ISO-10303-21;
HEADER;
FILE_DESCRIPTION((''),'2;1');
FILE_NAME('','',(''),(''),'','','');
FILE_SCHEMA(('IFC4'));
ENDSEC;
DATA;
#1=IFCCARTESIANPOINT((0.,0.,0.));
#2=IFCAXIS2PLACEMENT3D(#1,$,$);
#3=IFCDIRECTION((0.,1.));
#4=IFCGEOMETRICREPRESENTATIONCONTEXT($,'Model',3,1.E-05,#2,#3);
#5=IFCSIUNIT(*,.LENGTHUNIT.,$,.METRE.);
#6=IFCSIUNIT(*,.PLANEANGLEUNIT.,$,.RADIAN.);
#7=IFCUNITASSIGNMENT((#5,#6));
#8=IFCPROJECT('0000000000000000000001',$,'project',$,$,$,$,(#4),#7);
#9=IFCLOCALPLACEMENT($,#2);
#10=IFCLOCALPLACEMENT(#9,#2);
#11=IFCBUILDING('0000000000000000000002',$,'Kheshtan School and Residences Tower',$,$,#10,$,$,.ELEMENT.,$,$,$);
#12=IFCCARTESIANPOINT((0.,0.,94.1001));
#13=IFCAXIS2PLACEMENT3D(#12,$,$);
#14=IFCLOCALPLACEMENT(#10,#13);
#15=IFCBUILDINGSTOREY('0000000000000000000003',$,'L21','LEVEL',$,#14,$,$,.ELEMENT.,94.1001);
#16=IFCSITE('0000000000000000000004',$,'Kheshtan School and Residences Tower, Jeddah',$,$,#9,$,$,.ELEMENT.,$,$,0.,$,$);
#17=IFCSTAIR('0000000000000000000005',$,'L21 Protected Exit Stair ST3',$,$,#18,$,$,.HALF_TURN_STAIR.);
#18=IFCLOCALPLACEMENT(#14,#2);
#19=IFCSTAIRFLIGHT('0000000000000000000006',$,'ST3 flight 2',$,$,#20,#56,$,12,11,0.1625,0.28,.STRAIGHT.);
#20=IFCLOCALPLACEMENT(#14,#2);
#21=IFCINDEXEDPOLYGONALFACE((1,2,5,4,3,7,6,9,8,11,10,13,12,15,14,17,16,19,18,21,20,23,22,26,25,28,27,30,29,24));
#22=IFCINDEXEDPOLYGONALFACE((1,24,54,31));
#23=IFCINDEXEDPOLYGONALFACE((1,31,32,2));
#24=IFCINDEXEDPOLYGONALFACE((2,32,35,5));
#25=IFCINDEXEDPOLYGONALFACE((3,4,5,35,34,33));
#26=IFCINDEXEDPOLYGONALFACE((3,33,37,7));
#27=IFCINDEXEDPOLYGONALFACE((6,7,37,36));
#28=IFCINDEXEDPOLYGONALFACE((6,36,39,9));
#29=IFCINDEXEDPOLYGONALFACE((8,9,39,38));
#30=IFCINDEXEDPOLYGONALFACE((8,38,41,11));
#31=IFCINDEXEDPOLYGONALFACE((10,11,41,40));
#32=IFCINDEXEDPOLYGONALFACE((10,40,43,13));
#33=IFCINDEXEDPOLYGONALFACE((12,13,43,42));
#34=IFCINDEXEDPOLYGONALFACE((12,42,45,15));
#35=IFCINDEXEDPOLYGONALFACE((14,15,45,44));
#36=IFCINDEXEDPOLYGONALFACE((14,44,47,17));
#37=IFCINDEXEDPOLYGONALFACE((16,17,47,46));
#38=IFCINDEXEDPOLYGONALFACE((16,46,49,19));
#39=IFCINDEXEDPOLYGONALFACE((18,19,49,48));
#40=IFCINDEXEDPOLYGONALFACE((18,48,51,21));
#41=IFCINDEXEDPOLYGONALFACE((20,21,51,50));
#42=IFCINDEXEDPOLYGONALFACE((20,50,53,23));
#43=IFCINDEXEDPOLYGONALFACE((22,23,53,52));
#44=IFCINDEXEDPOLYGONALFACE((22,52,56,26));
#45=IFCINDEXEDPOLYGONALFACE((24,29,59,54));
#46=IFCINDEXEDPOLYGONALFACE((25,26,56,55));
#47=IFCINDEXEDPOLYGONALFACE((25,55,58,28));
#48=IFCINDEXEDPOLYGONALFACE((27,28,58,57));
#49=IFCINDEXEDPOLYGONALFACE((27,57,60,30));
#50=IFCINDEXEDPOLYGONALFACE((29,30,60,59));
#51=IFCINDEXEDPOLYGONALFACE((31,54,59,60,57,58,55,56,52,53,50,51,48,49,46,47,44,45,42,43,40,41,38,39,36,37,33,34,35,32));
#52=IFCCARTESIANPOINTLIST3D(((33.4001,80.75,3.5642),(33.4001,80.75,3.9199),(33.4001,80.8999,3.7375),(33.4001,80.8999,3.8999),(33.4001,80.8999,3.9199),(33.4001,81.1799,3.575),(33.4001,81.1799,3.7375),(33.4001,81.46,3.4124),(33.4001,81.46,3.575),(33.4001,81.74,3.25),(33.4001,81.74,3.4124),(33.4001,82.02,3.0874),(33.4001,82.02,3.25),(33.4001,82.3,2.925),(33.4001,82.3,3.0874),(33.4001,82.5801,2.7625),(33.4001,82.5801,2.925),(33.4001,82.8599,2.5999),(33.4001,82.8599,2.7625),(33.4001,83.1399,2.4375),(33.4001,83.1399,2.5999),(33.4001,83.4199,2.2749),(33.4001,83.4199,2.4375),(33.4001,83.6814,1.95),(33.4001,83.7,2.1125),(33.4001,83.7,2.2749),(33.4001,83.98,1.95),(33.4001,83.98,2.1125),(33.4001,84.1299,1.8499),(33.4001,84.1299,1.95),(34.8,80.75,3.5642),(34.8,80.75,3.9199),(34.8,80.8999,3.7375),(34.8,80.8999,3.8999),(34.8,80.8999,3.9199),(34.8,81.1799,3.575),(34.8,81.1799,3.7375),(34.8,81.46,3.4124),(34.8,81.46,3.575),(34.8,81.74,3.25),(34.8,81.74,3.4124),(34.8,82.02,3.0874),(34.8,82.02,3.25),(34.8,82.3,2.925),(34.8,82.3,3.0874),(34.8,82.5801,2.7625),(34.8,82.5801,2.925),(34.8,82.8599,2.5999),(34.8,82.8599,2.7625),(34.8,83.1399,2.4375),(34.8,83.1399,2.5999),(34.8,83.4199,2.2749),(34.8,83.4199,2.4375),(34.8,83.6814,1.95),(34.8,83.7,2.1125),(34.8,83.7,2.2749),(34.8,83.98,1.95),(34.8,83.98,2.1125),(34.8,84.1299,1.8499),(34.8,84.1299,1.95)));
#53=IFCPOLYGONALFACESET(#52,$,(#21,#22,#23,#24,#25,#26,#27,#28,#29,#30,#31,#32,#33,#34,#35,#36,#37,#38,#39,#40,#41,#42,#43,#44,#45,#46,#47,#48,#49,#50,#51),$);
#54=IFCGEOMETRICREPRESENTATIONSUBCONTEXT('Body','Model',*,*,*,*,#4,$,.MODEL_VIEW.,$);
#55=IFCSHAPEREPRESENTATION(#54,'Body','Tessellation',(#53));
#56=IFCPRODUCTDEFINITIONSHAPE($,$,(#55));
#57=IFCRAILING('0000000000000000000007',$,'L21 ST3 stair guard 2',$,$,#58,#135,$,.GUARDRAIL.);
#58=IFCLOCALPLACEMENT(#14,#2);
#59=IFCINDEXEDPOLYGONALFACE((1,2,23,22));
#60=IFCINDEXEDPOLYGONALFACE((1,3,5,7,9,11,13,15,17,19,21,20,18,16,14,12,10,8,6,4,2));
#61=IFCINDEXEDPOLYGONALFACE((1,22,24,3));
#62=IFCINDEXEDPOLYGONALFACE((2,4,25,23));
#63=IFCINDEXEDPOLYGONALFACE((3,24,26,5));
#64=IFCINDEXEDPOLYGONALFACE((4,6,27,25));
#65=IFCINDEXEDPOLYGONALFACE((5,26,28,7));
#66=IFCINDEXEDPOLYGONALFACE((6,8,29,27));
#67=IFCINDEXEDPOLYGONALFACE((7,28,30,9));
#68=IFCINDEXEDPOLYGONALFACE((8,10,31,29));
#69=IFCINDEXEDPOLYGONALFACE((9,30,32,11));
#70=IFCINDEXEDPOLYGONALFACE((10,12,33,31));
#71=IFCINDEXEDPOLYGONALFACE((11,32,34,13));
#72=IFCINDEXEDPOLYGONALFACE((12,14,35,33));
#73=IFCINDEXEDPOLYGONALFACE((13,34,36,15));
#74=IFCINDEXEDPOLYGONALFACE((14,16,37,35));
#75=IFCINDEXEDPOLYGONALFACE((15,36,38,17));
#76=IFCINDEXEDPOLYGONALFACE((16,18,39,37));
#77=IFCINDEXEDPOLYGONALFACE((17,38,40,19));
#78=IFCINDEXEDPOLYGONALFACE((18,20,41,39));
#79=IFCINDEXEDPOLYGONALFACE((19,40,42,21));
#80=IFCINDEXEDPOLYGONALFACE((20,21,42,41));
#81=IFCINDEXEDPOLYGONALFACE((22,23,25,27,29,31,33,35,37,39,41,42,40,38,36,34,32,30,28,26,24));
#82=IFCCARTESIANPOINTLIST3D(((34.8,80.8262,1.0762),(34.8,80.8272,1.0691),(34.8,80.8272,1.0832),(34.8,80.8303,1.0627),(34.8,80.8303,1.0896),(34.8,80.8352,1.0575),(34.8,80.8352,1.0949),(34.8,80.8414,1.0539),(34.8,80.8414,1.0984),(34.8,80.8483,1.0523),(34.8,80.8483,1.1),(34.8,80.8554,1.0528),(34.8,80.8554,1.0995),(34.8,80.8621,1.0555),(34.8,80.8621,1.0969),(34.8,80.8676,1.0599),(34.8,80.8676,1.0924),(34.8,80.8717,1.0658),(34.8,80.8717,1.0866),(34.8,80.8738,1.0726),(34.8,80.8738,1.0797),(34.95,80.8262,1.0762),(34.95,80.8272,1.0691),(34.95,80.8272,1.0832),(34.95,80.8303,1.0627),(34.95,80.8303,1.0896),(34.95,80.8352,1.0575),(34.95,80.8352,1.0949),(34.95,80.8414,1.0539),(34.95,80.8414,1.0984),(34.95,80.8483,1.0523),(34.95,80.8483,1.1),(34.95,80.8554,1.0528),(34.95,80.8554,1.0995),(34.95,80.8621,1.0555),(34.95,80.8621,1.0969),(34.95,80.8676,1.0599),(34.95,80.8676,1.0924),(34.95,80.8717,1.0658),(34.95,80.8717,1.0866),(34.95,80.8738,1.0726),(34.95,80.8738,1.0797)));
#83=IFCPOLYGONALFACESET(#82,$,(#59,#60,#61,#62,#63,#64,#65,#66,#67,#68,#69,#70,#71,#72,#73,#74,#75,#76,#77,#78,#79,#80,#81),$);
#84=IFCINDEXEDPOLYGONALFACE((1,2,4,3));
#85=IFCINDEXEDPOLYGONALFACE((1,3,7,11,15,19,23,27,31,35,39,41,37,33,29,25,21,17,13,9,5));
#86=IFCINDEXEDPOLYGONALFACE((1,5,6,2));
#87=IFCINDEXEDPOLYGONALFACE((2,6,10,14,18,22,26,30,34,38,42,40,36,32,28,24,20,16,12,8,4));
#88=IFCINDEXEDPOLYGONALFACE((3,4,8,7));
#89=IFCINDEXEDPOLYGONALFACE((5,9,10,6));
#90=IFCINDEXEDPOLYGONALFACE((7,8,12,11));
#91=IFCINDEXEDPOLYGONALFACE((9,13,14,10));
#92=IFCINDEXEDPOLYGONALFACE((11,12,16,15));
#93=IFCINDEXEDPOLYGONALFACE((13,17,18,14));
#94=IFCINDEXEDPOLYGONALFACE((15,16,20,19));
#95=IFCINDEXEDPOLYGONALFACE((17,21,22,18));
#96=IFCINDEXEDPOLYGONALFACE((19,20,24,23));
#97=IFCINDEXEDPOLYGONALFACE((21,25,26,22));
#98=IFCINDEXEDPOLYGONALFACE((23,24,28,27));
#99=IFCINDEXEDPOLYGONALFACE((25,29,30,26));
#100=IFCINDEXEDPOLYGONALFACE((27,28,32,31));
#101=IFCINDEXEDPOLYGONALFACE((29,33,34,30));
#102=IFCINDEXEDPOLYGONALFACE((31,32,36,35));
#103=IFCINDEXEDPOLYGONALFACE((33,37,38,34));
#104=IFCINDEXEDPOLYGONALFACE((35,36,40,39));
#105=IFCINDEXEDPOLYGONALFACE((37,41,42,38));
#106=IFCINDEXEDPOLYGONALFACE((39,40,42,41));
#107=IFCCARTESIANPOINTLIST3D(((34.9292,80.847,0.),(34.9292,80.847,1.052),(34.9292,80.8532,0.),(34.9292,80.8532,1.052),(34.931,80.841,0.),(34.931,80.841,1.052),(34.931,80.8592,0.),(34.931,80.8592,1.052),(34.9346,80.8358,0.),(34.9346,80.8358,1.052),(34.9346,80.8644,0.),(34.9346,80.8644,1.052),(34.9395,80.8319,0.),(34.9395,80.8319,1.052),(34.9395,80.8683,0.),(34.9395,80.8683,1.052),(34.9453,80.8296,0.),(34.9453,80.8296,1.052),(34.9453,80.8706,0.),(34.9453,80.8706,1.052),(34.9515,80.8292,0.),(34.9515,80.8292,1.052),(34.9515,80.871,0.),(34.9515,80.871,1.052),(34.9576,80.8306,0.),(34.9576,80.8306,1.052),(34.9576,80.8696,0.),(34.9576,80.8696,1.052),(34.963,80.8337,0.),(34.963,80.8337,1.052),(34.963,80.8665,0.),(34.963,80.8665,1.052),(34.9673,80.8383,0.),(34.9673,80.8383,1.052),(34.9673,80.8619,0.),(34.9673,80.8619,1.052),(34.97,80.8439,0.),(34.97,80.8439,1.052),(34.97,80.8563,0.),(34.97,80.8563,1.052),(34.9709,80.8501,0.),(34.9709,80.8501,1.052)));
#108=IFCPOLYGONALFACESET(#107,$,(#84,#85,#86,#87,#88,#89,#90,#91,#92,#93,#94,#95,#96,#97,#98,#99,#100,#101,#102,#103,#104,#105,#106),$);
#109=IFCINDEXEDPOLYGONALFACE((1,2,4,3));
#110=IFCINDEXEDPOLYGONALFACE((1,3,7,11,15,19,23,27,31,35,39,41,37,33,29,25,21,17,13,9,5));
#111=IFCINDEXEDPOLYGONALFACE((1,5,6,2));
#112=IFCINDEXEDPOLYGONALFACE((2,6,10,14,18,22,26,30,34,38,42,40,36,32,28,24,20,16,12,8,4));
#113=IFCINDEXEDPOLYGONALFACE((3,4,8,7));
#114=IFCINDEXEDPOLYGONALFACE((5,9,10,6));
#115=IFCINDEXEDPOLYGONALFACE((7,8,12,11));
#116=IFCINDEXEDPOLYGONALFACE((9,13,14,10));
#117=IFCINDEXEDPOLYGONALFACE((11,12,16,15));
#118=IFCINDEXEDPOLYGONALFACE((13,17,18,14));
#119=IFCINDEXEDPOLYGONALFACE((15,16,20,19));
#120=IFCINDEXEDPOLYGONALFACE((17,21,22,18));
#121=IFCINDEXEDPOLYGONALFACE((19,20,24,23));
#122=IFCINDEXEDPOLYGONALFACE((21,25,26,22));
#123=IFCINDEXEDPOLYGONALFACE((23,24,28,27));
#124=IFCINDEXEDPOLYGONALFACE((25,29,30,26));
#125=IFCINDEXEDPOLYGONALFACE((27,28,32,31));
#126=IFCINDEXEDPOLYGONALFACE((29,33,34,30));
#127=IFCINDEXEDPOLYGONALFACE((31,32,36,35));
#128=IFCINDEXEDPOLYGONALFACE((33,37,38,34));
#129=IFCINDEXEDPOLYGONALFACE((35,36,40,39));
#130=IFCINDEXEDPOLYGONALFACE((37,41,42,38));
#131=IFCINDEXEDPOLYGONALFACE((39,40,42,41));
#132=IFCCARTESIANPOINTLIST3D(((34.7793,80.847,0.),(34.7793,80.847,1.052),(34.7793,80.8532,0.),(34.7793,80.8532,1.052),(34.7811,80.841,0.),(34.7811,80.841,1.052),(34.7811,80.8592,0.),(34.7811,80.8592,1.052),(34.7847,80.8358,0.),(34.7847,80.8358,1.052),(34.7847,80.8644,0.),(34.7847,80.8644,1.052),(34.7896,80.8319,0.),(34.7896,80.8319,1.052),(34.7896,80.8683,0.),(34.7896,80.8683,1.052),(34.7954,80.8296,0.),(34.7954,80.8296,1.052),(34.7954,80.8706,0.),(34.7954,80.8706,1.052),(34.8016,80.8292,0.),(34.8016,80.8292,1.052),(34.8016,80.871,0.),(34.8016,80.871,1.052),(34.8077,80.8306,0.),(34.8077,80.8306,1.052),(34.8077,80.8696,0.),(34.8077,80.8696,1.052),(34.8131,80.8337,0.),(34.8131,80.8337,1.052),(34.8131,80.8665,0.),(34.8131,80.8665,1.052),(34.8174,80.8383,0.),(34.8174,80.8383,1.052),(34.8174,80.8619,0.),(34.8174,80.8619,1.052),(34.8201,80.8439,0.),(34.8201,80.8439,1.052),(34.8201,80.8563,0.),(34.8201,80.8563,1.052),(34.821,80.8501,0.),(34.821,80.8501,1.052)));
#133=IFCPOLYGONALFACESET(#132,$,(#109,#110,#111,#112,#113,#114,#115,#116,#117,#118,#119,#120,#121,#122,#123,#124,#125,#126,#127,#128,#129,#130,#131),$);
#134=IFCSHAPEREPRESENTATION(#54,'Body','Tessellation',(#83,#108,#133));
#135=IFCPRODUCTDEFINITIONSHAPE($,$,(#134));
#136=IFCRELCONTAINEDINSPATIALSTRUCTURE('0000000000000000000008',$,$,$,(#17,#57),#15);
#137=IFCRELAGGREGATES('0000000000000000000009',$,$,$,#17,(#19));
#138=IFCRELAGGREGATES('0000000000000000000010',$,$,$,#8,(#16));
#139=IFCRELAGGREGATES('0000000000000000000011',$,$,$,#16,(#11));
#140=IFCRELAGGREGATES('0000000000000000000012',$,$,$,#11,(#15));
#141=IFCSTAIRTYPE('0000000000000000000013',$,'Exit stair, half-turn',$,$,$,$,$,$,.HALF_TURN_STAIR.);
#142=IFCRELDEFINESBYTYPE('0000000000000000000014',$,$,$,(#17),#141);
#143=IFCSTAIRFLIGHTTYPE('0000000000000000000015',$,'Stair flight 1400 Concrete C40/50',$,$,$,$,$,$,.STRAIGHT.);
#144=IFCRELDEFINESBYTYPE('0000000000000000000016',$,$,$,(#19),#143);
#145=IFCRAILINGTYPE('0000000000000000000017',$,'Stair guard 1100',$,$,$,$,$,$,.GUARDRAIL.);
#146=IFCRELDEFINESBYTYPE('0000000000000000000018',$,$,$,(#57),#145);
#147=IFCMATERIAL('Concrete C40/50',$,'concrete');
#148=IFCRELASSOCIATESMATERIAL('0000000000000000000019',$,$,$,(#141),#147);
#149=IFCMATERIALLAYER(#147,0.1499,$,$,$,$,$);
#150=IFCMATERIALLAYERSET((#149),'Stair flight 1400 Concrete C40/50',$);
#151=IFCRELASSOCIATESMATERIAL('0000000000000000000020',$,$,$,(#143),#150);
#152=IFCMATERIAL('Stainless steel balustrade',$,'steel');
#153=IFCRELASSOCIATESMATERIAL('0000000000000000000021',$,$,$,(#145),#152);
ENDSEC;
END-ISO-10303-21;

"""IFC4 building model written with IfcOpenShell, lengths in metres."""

from ifc_helpers import new_model, si_unit, direction, frame, origin, origin_2d, place, context, subcontext, project, spatial, polyline, circle, outline, extrude, material, layer, layer_set, type_object, element, aggregate, save


model = new_model("IFC4")

# Units and contexts
model_context = context("Model", 3, precision=1e-05, world=origin(), true_north=direction((0.0, 1.0)))
body_context = subcontext(model_context, "Body", "Model", "MODEL_VIEW")
ifc_project = project(units=[si_unit("LENGTHUNIT", "METRE"), si_unit("PLANEANGLEUNIT", "RADIAN")], contexts=[model_context])

# Site, building, storey
site_placement = place(None, origin())
site = spatial("IfcSite", under=ifc_project, at=site_placement, Name="Kheshtan School and Residences Tower, Jeddah", CompositionType="ELEMENT", RefElevation=0.0)
building_placement = place(site_placement, origin())
building = spatial("IfcBuilding", under=site, at=building_placement, Name="Kheshtan School and Residences Tower", CompositionType="ELEMENT")
storey_placement = place(building_placement, frame((0.0, 0.0, 94.1001)))
storey = spatial("IfcBuildingStorey", under=building, at=storey_placement, Name="L21", Description="LEVEL", CompositionType="ELEMENT", Elevation=94.1001)

# Shared definitions
ifc_material_1 = material(Name="Concrete C40/50", Category="concrete")

# Stair, stair flight
stair_type = type_object("IfcStairType", Name="Exit stair, half-turn", PredefinedType="HALF_TURN_STAIR", material=ifc_material_1)
stair_placement = place(storey_placement, origin())
stair = element("IfcStair", 1, at=stair_placement, inside=storey, type_object=stair_type, Name="L21 Protected Exit Stair ST3", PredefinedType="HALF_TURN_STAIR")
ifc_layer_1 = layer(ifc_material_1, 0.1499)
ifc_layer_set_1 = layer_set([ifc_layer_1], Name="Stair flight 1400 Concrete C40/50")
stair_flight_type = type_object("IfcStairFlightType", Name="Stair flight 1400 Concrete C40/50", PredefinedType="STRAIGHT", material=ifc_layer_set_1)
stair_flight_1_placement = place(storey_placement, frame((34.1001, 83.98, 1.95), z_axis=(0.0, 0.0, 1.0), x_axis=(0.0, -1.0, 0.0)))
stair_flight_1 = element("IfcStairFlight", 2, at=stair_flight_1_placement, type_object=stair_flight_type, Name="ST3 flight 2", NumberOfRisers=12, NumberOfTreads=11, PredefinedType="STRAIGHT", RiserHeight=0.1625, TreadLength=0.28, context=body_context, shape_type="SweptSolid", body=[
    extrude(outline(polyline([(-0.1499, -0.1001), (-0.1499, 0.0), (0.0, 0.0), (0.0, 0.1626), (0.28, 0.1626), (0.28, 0.325), (0.5601, 0.325), (0.5601, 0.4875), (0.8401, 0.4875), (0.8401, 0.6499), (1.1201, 0.6499), (1.1201, 0.8125), (1.3999, 0.8125), (1.3999, 0.9751), (1.6799, 0.9751), (1.6799, 1.1375), (1.96, 1.1375), (1.96, 1.3), (2.24, 1.3), (2.24, 1.4624), (2.52, 1.4624), (2.52, 1.625), (2.8, 1.625), (2.8, 1.7876), (3.0801, 1.7876), (3.0801, 1.95), (3.0801, 1.97), (3.23, 1.97), (3.23, 1.6143), (0.2986, 0.0), (-0.1499, -0.1001)])), frame((0.0, 0.7, 0.0), z_axis=(0.0, -1.0, 0.0), x_axis=(1.0, 0.0, 0.0)), (0.0, 0.0, 1.0), 1.3999),
])
aggregate(stair, [stair_flight_1])

# Railing
ifc_material_2 = material(Name="Stainless steel balustrade", Category="steel")
railing_type_1 = type_object("IfcRailingType", Name="Stair guard 1100", PredefinedType="GUARDRAIL", material=ifc_material_2)
railing_1_placement = place(storey_placement, frame((34.95, 80.8501, 0.0)))
element("IfcRailing", 3, at=railing_1_placement, inside=storey, type_object=railing_type_1, Name="L21 ST3 stair guard 2", PredefinedType="GUARDRAIL", context=body_context, shape_type="SweptSolid", body=[
    extrude(circle(Radius=0.0239, at=origin_2d()), frame((0.0, 0.0, 1.0762), z_axis=(-1.0, 0.0, 0.0), x_axis=(0.0, -1.0, 0.0)), (0.0, 0.0, 1.0), 0.1499),
    extrude(circle(Radius=0.021, at=origin_2d()), origin(), (0.0, 0.0, 1.0), 1.052),
    extrude(circle(Radius=0.021, at=origin_2d()), frame((-0.1499, 0.0, 0.0)), (0.0, 0.0, 1.0), 1.052),
])

save(model, "model.ifc")
